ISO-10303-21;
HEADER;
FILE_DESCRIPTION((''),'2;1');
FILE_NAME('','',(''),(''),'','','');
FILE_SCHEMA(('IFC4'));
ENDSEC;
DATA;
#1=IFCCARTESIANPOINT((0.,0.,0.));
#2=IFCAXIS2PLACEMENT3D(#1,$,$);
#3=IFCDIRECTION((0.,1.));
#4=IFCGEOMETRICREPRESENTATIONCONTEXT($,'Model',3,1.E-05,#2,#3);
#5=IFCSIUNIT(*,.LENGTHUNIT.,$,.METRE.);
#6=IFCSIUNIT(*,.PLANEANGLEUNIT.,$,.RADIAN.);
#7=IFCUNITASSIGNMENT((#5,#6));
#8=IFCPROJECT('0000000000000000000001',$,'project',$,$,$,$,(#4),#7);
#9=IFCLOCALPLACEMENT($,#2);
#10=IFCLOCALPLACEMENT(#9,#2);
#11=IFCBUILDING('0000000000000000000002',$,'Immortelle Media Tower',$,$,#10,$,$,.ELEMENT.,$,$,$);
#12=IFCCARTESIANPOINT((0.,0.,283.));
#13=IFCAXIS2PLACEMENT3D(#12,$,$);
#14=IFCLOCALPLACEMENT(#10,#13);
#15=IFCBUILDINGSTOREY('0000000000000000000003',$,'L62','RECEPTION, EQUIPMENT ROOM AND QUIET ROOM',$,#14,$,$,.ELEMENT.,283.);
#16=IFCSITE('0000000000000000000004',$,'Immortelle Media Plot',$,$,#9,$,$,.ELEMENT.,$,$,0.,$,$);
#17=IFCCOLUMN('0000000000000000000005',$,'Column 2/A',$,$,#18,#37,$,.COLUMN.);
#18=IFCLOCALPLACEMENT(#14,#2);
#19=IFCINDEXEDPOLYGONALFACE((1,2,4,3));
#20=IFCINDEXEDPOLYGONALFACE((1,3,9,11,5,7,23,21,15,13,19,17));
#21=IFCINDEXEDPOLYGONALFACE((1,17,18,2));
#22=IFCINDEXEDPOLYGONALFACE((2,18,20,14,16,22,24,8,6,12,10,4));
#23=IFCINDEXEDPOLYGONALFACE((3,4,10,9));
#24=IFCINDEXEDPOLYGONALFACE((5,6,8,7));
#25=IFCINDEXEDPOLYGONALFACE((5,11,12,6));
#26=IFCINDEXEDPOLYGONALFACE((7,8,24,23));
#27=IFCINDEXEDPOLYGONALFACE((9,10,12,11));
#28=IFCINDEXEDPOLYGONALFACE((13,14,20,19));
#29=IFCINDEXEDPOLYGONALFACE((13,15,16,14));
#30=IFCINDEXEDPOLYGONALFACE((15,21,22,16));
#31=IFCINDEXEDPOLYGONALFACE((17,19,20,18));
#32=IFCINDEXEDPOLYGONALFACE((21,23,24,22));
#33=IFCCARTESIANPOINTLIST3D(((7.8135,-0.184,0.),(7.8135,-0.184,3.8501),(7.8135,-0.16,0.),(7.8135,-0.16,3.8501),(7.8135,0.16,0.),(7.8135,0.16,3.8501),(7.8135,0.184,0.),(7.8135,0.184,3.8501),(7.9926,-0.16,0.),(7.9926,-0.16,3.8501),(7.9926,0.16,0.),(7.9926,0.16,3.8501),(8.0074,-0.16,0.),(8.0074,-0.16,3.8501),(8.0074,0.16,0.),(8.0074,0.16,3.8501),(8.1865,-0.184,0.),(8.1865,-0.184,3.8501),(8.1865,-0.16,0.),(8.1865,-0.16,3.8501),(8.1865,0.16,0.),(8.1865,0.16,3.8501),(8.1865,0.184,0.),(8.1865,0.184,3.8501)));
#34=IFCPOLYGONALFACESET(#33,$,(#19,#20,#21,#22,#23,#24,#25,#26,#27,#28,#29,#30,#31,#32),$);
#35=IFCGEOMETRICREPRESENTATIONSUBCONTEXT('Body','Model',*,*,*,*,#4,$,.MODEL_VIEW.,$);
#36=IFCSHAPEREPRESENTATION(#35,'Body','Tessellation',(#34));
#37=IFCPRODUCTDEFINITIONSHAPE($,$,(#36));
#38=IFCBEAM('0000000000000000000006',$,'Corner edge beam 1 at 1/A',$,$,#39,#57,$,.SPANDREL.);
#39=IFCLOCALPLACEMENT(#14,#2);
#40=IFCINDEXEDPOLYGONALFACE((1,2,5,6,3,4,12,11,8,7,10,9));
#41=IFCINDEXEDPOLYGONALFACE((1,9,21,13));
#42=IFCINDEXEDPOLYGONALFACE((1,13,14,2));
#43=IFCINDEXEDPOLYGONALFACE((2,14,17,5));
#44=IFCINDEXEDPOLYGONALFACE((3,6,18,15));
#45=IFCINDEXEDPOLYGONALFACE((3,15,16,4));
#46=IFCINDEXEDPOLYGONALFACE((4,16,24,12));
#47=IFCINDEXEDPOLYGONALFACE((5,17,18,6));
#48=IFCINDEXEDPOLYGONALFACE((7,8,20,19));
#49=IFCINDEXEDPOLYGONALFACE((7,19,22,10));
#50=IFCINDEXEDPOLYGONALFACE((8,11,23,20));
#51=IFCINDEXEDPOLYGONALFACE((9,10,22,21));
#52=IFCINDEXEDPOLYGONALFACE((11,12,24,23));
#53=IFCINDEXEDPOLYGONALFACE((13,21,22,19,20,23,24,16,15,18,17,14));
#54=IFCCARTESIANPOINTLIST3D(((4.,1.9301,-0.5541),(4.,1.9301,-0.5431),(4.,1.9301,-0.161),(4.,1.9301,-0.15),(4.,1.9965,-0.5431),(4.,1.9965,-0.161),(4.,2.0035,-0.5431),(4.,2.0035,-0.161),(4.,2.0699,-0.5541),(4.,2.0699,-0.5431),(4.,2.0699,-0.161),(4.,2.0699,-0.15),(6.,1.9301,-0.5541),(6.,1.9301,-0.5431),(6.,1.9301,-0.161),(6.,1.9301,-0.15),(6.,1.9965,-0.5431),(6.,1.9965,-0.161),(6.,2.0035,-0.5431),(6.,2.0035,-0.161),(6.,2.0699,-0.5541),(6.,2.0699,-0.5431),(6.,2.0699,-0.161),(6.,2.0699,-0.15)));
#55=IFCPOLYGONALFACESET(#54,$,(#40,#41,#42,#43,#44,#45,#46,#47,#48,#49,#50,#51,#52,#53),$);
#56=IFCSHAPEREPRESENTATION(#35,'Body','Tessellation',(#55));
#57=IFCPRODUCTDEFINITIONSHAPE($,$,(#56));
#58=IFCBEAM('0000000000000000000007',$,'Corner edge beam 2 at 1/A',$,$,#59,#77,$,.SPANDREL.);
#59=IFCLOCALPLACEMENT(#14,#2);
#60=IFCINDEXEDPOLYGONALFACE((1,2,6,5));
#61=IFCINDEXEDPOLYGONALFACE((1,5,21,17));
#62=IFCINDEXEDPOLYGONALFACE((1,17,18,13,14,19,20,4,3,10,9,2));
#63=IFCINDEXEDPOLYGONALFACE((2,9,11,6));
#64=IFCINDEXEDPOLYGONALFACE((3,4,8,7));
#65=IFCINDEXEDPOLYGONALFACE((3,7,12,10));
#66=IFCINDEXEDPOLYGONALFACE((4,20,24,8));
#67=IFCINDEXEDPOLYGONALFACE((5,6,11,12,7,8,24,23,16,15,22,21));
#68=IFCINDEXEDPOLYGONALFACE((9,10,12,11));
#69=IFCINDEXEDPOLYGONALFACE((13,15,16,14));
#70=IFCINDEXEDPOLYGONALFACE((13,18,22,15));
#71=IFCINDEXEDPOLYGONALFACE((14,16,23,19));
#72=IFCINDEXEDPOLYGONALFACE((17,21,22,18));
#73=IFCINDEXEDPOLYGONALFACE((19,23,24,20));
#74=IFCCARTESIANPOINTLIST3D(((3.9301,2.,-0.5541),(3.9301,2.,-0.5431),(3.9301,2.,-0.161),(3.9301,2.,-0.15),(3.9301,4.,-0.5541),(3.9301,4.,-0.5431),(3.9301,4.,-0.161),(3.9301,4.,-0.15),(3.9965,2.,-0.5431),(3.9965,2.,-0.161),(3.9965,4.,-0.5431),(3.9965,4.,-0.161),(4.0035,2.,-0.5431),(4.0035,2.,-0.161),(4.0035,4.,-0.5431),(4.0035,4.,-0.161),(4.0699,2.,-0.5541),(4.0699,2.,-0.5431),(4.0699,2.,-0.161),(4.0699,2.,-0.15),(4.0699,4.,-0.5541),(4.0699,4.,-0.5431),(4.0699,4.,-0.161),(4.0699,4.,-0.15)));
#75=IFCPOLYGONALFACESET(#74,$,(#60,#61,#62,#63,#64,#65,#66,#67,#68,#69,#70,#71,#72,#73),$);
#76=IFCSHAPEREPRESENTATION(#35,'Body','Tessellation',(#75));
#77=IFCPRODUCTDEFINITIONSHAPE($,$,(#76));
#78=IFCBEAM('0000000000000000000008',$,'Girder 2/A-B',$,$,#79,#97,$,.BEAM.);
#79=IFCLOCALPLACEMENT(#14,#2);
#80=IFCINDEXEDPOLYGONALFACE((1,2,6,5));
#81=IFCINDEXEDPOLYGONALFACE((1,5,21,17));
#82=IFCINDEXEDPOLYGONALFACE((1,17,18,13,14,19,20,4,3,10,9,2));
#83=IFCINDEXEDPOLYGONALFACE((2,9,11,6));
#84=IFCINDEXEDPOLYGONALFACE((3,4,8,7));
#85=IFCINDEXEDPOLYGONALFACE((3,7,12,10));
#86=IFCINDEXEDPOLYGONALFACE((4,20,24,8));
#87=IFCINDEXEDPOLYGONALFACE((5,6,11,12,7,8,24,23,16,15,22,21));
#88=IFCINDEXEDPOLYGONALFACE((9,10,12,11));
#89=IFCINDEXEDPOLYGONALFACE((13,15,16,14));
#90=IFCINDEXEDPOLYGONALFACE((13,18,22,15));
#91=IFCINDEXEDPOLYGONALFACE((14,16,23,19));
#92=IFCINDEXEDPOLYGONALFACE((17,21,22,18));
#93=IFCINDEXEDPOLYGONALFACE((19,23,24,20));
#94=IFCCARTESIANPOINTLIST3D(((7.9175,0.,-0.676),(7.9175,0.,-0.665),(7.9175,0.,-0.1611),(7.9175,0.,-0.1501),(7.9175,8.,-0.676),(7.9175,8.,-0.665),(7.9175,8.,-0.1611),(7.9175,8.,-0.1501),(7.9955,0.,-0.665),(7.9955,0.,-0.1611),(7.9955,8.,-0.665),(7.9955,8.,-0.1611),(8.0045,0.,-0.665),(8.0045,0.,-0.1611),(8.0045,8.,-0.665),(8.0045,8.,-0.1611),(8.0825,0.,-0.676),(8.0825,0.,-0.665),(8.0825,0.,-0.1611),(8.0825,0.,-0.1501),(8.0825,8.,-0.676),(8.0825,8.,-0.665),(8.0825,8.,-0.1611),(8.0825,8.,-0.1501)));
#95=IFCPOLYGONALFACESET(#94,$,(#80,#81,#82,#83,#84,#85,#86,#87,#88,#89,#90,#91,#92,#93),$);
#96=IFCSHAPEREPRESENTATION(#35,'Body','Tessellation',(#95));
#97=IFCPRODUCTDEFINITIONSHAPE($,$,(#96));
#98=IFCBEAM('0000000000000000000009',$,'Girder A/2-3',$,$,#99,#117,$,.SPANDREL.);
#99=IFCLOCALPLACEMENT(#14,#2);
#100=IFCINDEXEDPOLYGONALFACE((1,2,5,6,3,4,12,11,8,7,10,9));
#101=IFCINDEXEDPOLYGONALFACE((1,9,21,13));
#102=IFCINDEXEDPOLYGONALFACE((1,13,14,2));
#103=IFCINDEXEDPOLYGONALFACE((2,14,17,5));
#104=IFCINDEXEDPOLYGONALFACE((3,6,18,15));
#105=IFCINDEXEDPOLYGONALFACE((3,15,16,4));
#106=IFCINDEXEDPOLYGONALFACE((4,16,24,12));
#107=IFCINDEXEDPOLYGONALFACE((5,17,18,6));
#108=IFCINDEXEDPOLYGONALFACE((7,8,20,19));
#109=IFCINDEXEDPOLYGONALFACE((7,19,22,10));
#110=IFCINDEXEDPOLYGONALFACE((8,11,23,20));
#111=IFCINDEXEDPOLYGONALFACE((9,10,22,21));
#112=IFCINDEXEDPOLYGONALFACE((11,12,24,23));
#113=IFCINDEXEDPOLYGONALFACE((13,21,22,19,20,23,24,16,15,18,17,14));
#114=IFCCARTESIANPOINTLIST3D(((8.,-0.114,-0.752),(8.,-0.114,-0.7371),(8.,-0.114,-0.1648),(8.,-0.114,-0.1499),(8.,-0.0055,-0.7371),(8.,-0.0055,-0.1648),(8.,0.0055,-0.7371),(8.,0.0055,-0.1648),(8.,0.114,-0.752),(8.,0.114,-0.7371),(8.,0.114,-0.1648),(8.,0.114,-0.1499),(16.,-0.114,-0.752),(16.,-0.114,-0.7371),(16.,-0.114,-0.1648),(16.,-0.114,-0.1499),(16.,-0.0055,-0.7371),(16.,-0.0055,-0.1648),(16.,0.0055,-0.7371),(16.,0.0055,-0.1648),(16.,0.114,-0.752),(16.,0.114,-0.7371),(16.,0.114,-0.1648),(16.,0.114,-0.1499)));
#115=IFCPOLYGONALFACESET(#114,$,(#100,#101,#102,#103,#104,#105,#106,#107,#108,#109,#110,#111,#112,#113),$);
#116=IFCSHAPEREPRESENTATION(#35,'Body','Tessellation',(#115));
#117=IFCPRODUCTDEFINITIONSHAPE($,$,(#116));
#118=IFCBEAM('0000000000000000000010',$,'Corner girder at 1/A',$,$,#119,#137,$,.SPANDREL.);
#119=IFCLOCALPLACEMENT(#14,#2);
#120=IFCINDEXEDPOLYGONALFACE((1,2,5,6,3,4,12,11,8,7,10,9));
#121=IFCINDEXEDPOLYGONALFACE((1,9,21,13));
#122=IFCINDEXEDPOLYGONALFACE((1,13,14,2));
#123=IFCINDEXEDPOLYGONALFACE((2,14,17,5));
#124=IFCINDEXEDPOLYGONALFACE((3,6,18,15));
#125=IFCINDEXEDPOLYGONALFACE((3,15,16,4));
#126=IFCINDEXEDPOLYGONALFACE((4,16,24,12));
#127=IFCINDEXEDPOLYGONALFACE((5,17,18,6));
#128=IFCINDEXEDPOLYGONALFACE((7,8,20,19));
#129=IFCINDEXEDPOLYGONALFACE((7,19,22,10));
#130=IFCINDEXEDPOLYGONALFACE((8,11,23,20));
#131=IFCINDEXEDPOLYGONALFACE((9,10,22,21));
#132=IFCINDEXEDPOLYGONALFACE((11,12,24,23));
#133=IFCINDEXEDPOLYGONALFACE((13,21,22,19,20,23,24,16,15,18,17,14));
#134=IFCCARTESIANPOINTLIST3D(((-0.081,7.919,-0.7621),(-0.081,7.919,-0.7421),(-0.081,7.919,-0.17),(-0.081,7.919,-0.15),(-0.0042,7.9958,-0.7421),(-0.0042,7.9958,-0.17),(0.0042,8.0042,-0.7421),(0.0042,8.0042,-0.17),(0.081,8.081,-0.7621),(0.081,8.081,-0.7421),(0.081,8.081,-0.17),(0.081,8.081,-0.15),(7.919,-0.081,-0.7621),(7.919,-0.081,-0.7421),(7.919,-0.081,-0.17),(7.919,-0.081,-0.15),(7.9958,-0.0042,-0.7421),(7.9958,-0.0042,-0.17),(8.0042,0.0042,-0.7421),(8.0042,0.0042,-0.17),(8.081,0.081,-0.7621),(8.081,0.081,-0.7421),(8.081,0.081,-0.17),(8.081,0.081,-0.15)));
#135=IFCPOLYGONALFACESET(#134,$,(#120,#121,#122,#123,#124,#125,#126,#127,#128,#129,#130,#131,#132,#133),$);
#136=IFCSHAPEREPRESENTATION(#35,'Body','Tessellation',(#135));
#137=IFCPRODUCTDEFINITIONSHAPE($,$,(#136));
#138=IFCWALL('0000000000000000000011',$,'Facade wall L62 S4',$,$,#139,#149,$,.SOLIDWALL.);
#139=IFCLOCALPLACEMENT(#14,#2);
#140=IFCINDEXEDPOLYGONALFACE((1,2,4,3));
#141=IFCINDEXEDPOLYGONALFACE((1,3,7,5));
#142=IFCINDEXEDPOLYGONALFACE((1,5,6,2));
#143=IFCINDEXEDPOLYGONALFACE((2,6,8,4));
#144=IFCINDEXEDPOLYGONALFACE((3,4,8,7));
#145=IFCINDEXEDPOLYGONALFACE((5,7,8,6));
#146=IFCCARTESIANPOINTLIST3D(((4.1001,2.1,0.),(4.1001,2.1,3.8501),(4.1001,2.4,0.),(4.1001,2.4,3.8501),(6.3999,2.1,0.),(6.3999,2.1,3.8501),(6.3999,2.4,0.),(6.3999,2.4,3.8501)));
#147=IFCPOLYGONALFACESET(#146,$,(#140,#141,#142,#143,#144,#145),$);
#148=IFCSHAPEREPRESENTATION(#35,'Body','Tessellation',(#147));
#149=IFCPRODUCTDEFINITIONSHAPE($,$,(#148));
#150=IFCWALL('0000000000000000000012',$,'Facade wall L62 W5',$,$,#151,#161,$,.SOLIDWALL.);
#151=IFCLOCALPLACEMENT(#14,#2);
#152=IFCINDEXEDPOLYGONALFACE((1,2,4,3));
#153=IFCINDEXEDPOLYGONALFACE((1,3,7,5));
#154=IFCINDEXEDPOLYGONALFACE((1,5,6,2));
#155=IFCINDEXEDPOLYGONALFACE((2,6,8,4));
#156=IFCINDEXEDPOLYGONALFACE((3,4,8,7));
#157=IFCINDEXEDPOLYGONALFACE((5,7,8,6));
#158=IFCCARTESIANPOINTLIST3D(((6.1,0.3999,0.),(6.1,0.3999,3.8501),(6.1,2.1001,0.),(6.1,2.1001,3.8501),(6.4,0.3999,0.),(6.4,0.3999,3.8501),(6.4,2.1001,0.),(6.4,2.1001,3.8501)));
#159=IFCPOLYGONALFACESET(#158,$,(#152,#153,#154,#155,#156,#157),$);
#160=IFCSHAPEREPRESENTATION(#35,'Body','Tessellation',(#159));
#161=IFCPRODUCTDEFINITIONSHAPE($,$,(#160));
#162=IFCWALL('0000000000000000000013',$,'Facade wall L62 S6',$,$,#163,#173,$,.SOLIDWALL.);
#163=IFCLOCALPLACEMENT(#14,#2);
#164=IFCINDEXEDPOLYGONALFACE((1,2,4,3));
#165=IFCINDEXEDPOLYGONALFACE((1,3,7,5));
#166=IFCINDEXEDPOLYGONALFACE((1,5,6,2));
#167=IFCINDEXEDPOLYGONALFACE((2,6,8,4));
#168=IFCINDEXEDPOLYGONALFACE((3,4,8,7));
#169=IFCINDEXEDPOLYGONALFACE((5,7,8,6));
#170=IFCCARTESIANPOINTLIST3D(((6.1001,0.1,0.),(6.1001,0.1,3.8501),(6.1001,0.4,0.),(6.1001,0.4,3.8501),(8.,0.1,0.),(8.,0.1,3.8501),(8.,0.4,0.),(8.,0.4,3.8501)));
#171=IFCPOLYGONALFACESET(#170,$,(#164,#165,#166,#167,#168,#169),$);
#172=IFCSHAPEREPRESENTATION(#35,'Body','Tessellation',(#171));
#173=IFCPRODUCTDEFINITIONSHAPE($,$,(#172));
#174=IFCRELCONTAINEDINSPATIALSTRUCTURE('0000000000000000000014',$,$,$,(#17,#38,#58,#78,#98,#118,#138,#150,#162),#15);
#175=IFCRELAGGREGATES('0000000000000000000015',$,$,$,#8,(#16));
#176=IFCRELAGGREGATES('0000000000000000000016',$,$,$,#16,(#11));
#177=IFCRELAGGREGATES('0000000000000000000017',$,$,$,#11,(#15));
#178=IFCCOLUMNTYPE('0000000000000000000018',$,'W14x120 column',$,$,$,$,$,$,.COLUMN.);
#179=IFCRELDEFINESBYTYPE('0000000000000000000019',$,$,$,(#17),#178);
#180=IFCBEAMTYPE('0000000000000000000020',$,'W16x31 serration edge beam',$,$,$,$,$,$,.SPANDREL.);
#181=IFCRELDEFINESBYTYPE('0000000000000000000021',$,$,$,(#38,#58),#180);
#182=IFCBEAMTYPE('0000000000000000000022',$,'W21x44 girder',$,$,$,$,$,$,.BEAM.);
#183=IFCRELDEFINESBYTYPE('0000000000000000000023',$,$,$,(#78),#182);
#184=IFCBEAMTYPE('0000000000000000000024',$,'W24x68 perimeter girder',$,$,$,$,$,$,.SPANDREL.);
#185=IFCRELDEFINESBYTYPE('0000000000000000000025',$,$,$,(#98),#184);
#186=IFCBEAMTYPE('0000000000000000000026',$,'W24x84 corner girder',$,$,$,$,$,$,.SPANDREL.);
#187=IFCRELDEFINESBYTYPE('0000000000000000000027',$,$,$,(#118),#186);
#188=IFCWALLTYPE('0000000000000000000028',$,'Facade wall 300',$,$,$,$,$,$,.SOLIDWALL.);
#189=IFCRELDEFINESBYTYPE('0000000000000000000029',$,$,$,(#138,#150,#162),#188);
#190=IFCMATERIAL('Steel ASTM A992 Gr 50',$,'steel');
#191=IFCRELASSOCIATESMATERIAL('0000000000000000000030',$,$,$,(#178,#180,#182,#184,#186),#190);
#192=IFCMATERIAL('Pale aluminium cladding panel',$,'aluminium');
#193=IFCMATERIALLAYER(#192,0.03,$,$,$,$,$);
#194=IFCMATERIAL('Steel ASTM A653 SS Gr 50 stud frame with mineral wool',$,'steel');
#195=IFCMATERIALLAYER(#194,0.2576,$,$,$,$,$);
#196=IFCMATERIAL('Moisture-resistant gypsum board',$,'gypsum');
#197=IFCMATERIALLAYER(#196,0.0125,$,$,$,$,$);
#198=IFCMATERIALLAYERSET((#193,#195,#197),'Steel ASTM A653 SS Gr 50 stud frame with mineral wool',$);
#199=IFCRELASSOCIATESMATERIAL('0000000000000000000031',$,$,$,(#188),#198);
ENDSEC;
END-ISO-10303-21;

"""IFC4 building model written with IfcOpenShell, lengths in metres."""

from ifc_helpers import new_model, si_unit, direction, frame, frame_2d, origin, origin_2d, place, context, subcontext, project, spatial, rectangle, i_section, extrude, material, layer, layer_set, material_profile, profile_set, type_object, element, save


model = new_model("IFC4")

# Units and contexts
model_context = context("Model", 3, precision=1e-05, world=origin(), true_north=direction((0.0, 1.0)))
body_context = subcontext(model_context, "Body", "Model", "MODEL_VIEW")
ifc_project = project(units=[si_unit("LENGTHUNIT", "METRE"), si_unit("PLANEANGLEUNIT", "RADIAN")], contexts=[model_context])

# Site, building, storey
site_placement = place(None, origin())
site = spatial("IfcSite", under=ifc_project, at=site_placement, Name="Immortelle Media Plot", CompositionType="ELEMENT", RefElevation=0.0)
building_placement = place(site_placement, origin())
building = spatial("IfcBuilding", under=site, at=building_placement, Name="Immortelle Media Tower", CompositionType="ELEMENT")
storey_placement = place(building_placement, frame((0.0, 0.0, 283.0)))
storey = spatial("IfcBuildingStorey", under=building, at=storey_placement, Name="L62", Description="RECEPTION, EQUIPMENT ROOM AND QUIET ROOM", CompositionType="ELEMENT", Elevation=283.0)

# Column
ifc_material_1 = material(Name="Steel ASTM A992 Gr 50", Category="steel")
ifc_material_profile_1 = material_profile(ifc_material_1, i_section(OverallWidth=0.373, OverallDepth=0.3679, WebThickness=0.0149, FlangeThickness=0.0239, at=origin_2d()), Name="W14x120")
ifc_profile_set_1 = profile_set([ifc_material_profile_1], Name="Steel ASTM A992 Gr 50")
column_type = type_object("IfcColumnType", Name="W14x120 column", PredefinedType="COLUMN", material=ifc_profile_set_1)
column_placement = place(storey_placement, frame((8.0, 0.0, 0.0), z_axis=(0.0, 0.0, 1.0), x_axis=(1.0, 0.0, 0.0)))
element("IfcColumn", 1, at=column_placement, inside=storey, type_object=column_type, Name="Column 2/A", PredefinedType="COLUMN", context=body_context, shape_type="SweptSolid", body=[
    extrude(i_section(OverallWidth=0.373, OverallDepth=0.3679, WebThickness=0.0149, FlangeThickness=0.0239, at=origin_2d()), origin(), (0.0, 0.0, 1.0), 3.8501),
])

# Beams
ifc_material_profile_2 = material_profile(ifc_material_1, i_section(OverallWidth=0.1399, OverallDepth=0.4041, WebThickness=0.0071, FlangeThickness=0.011, at=origin_2d()), Name="W16x31")
ifc_profile_set_2 = profile_set([ifc_material_profile_2], Name="Steel ASTM A992 Gr 50")
beam_type_1 = type_object("IfcBeamType", Name="W16x31 serration edge beam", PredefinedType="SPANDREL", material=ifc_profile_set_2)
for number, where, z_axis, x_axis, name in (
    (2, (6.0, 2.0, -0.3521), (-1.0, 0.0, 0.0), (0.0, -1.0, 0.0), "Corner edge beam 1 at 1/A"),
    (3, (4.0, 2.0, -0.3521), (0.0, 1.0, 0.0), (-1.0, 0.0, 0.0), "Corner edge beam 2 at 1/A"),
):
    element("IfcBeam", number, at=place(storey_placement, frame(where, z_axis=z_axis, x_axis=x_axis)), inside=storey, type_object=beam_type_1, Name=name, PredefinedType="SPANDREL", context=body_context, shape_type="SweptSolid", body=[
        extrude(i_section(OverallWidth=0.1399, OverallDepth=0.4041, WebThickness=0.0071, FlangeThickness=0.011, at=origin_2d()), origin(), (0.0, 0.0, 1.0), 2.0),
    ])
ifc_material_profile_3 = material_profile(ifc_material_1, i_section(OverallWidth=0.165, OverallDepth=0.5259, WebThickness=0.009, FlangeThickness=0.011, at=origin_2d()), Name="W21x44")
ifc_profile_set_3 = profile_set([ifc_material_profile_3], Name="Steel ASTM A992 Gr 50")
beam_type_2 = type_object("IfcBeamType", Name="W21x44 girder", PredefinedType="BEAM", material=ifc_profile_set_3)
beam_1_placement = place(storey_placement, frame((8.0, 0.0, -0.4131), z_axis=(0.0, 1.0, 0.0), x_axis=(-1.0, 0.0, 0.0)))
element("IfcBeam", 4, at=beam_1_placement, inside=storey, type_object=beam_type_2, Name="Girder 2/A-B", PredefinedType="BEAM", context=body_context, shape_type="SweptSolid", body=[
    extrude(i_section(OverallWidth=0.165, OverallDepth=0.5259, WebThickness=0.009, FlangeThickness=0.011, at=origin_2d()), origin(), (0.0, 0.0, 1.0), 8.0),
])
ifc_material_profile_4 = material_profile(ifc_material_1, i_section(OverallWidth=0.228, OverallDepth=0.6021, WebThickness=0.011, FlangeThickness=0.0149, at=origin_2d()), Name="W24x68")
ifc_profile_set_4 = profile_set([ifc_material_profile_4], Name="Steel ASTM A992 Gr 50")
beam_type_3 = type_object("IfcBeamType", Name="W24x68 perimeter girder", PredefinedType="SPANDREL", material=ifc_profile_set_4)
beam_2_placement = place(storey_placement, frame((8.0, 0.0, -0.4509), z_axis=(1.0, 0.0, 0.0), x_axis=(0.0, 1.0, 0.0)))
element("IfcBeam", 5, at=beam_2_placement, inside=storey, type_object=beam_type_3, Name="Girder A/2-3", PredefinedType="SPANDREL", context=body_context, shape_type="SweptSolid", body=[
    extrude(i_section(OverallWidth=0.228, OverallDepth=0.6021, WebThickness=0.011, FlangeThickness=0.0149, at=origin_2d()), origin(), (0.0, 0.0, 1.0), 8.0),
])
ifc_material_profile_5 = material_profile(ifc_material_1, i_section(OverallWidth=0.229, OverallDepth=0.6121, WebThickness=0.012, FlangeThickness=0.02, at=origin_2d()), Name="W24x84")
ifc_profile_set_5 = profile_set([ifc_material_profile_5], Name="Steel ASTM A992 Gr 50")
beam_type_4 = type_object("IfcBeamType", Name="W24x84 corner girder", PredefinedType="SPANDREL", material=ifc_profile_set_5)
beam_3_placement = place(storey_placement, frame((8.0, 0.0, -0.4561), z_axis=(-0.707107, 0.707107, 0.0), x_axis=(-0.707107, -0.707107, 0.0)))
element("IfcBeam", 6, at=beam_3_placement, inside=storey, type_object=beam_type_4, Name="Corner girder at 1/A", PredefinedType="SPANDREL", context=body_context, shape_type="SweptSolid", body=[
    extrude(i_section(OverallWidth=0.229, OverallDepth=0.6121, WebThickness=0.012, FlangeThickness=0.02, at=origin_2d()), origin(), (0.0, 0.0, 1.0), 11.3137),
])

# Walls
ifc_material_2 = material(Name="Pale aluminium cladding panel", Category="aluminium")
ifc_layer_1 = layer(ifc_material_2, 0.03)
ifc_material_3 = material(Name="Steel ASTM A653 SS Gr 50 stud frame with mineral wool", Category="steel")
ifc_layer_2 = layer(ifc_material_3, 0.2576)
ifc_material_4 = material(Name="Moisture-resistant gypsum board", Category="gypsum")
ifc_layer_3 = layer(ifc_material_4, 0.0125)
ifc_layer_set = layer_set([ifc_layer_1, ifc_layer_2, ifc_layer_3], Name="Steel ASTM A653 SS Gr 50 stud frame with mineral wool")
wall_type = type_object("IfcWallType", Name="Facade wall 300", PredefinedType="SOLIDWALL", material=ifc_layer_set)
wall_1_placement = place(storey_placement, frame((4.1001, 2.25, 0.0), z_axis=(0.0, 0.0, 1.0), x_axis=(1.0, 0.0, 0.0)))
element("IfcWall", 7, at=wall_1_placement, inside=storey, type_object=wall_type, Name="Facade wall L62 S4", PredefinedType="SOLIDWALL", context=body_context, shape_type="SweptSolid", body=[
    extrude(rectangle(XDim=2.2998, YDim=0.3, at=frame_2d((1.1499, 0.0))), origin(), (0.0, 0.0, 1.0), 3.8501),
])
wall_2_placement = place(storey_placement, frame((6.25, 2.1001, 0.0), z_axis=(0.0, 0.0, 1.0), x_axis=(0.0, -1.0, 0.0)))
element("IfcWall", 8, at=wall_2_placement, inside=storey, type_object=wall_type, Name="Facade wall L62 W5", PredefinedType="SOLIDWALL", context=body_context, shape_type="SweptSolid", body=[
    extrude(rectangle(XDim=1.7002, YDim=0.3, at=frame_2d((0.8501, 0.0))), origin(), (0.0, 0.0, 1.0), 3.8501),
])
wall_3_placement = place(storey_placement, frame((6.1001, 0.25, 0.0), z_axis=(0.0, 0.0, 1.0), x_axis=(1.0, 0.0, 0.0)))
element("IfcWall", 9, at=wall_3_placement, inside=storey, type_object=wall_type, Name="Facade wall L62 S6", PredefinedType="SOLIDWALL", context=body_context, shape_type="SweptSolid", body=[
    extrude(rectangle(XDim=1.8999, YDim=0.3, at=frame_2d((0.95, 0.0))), origin(), (0.0, 0.0, 1.0), 3.8501),
])

save(model, "model.ifc")
